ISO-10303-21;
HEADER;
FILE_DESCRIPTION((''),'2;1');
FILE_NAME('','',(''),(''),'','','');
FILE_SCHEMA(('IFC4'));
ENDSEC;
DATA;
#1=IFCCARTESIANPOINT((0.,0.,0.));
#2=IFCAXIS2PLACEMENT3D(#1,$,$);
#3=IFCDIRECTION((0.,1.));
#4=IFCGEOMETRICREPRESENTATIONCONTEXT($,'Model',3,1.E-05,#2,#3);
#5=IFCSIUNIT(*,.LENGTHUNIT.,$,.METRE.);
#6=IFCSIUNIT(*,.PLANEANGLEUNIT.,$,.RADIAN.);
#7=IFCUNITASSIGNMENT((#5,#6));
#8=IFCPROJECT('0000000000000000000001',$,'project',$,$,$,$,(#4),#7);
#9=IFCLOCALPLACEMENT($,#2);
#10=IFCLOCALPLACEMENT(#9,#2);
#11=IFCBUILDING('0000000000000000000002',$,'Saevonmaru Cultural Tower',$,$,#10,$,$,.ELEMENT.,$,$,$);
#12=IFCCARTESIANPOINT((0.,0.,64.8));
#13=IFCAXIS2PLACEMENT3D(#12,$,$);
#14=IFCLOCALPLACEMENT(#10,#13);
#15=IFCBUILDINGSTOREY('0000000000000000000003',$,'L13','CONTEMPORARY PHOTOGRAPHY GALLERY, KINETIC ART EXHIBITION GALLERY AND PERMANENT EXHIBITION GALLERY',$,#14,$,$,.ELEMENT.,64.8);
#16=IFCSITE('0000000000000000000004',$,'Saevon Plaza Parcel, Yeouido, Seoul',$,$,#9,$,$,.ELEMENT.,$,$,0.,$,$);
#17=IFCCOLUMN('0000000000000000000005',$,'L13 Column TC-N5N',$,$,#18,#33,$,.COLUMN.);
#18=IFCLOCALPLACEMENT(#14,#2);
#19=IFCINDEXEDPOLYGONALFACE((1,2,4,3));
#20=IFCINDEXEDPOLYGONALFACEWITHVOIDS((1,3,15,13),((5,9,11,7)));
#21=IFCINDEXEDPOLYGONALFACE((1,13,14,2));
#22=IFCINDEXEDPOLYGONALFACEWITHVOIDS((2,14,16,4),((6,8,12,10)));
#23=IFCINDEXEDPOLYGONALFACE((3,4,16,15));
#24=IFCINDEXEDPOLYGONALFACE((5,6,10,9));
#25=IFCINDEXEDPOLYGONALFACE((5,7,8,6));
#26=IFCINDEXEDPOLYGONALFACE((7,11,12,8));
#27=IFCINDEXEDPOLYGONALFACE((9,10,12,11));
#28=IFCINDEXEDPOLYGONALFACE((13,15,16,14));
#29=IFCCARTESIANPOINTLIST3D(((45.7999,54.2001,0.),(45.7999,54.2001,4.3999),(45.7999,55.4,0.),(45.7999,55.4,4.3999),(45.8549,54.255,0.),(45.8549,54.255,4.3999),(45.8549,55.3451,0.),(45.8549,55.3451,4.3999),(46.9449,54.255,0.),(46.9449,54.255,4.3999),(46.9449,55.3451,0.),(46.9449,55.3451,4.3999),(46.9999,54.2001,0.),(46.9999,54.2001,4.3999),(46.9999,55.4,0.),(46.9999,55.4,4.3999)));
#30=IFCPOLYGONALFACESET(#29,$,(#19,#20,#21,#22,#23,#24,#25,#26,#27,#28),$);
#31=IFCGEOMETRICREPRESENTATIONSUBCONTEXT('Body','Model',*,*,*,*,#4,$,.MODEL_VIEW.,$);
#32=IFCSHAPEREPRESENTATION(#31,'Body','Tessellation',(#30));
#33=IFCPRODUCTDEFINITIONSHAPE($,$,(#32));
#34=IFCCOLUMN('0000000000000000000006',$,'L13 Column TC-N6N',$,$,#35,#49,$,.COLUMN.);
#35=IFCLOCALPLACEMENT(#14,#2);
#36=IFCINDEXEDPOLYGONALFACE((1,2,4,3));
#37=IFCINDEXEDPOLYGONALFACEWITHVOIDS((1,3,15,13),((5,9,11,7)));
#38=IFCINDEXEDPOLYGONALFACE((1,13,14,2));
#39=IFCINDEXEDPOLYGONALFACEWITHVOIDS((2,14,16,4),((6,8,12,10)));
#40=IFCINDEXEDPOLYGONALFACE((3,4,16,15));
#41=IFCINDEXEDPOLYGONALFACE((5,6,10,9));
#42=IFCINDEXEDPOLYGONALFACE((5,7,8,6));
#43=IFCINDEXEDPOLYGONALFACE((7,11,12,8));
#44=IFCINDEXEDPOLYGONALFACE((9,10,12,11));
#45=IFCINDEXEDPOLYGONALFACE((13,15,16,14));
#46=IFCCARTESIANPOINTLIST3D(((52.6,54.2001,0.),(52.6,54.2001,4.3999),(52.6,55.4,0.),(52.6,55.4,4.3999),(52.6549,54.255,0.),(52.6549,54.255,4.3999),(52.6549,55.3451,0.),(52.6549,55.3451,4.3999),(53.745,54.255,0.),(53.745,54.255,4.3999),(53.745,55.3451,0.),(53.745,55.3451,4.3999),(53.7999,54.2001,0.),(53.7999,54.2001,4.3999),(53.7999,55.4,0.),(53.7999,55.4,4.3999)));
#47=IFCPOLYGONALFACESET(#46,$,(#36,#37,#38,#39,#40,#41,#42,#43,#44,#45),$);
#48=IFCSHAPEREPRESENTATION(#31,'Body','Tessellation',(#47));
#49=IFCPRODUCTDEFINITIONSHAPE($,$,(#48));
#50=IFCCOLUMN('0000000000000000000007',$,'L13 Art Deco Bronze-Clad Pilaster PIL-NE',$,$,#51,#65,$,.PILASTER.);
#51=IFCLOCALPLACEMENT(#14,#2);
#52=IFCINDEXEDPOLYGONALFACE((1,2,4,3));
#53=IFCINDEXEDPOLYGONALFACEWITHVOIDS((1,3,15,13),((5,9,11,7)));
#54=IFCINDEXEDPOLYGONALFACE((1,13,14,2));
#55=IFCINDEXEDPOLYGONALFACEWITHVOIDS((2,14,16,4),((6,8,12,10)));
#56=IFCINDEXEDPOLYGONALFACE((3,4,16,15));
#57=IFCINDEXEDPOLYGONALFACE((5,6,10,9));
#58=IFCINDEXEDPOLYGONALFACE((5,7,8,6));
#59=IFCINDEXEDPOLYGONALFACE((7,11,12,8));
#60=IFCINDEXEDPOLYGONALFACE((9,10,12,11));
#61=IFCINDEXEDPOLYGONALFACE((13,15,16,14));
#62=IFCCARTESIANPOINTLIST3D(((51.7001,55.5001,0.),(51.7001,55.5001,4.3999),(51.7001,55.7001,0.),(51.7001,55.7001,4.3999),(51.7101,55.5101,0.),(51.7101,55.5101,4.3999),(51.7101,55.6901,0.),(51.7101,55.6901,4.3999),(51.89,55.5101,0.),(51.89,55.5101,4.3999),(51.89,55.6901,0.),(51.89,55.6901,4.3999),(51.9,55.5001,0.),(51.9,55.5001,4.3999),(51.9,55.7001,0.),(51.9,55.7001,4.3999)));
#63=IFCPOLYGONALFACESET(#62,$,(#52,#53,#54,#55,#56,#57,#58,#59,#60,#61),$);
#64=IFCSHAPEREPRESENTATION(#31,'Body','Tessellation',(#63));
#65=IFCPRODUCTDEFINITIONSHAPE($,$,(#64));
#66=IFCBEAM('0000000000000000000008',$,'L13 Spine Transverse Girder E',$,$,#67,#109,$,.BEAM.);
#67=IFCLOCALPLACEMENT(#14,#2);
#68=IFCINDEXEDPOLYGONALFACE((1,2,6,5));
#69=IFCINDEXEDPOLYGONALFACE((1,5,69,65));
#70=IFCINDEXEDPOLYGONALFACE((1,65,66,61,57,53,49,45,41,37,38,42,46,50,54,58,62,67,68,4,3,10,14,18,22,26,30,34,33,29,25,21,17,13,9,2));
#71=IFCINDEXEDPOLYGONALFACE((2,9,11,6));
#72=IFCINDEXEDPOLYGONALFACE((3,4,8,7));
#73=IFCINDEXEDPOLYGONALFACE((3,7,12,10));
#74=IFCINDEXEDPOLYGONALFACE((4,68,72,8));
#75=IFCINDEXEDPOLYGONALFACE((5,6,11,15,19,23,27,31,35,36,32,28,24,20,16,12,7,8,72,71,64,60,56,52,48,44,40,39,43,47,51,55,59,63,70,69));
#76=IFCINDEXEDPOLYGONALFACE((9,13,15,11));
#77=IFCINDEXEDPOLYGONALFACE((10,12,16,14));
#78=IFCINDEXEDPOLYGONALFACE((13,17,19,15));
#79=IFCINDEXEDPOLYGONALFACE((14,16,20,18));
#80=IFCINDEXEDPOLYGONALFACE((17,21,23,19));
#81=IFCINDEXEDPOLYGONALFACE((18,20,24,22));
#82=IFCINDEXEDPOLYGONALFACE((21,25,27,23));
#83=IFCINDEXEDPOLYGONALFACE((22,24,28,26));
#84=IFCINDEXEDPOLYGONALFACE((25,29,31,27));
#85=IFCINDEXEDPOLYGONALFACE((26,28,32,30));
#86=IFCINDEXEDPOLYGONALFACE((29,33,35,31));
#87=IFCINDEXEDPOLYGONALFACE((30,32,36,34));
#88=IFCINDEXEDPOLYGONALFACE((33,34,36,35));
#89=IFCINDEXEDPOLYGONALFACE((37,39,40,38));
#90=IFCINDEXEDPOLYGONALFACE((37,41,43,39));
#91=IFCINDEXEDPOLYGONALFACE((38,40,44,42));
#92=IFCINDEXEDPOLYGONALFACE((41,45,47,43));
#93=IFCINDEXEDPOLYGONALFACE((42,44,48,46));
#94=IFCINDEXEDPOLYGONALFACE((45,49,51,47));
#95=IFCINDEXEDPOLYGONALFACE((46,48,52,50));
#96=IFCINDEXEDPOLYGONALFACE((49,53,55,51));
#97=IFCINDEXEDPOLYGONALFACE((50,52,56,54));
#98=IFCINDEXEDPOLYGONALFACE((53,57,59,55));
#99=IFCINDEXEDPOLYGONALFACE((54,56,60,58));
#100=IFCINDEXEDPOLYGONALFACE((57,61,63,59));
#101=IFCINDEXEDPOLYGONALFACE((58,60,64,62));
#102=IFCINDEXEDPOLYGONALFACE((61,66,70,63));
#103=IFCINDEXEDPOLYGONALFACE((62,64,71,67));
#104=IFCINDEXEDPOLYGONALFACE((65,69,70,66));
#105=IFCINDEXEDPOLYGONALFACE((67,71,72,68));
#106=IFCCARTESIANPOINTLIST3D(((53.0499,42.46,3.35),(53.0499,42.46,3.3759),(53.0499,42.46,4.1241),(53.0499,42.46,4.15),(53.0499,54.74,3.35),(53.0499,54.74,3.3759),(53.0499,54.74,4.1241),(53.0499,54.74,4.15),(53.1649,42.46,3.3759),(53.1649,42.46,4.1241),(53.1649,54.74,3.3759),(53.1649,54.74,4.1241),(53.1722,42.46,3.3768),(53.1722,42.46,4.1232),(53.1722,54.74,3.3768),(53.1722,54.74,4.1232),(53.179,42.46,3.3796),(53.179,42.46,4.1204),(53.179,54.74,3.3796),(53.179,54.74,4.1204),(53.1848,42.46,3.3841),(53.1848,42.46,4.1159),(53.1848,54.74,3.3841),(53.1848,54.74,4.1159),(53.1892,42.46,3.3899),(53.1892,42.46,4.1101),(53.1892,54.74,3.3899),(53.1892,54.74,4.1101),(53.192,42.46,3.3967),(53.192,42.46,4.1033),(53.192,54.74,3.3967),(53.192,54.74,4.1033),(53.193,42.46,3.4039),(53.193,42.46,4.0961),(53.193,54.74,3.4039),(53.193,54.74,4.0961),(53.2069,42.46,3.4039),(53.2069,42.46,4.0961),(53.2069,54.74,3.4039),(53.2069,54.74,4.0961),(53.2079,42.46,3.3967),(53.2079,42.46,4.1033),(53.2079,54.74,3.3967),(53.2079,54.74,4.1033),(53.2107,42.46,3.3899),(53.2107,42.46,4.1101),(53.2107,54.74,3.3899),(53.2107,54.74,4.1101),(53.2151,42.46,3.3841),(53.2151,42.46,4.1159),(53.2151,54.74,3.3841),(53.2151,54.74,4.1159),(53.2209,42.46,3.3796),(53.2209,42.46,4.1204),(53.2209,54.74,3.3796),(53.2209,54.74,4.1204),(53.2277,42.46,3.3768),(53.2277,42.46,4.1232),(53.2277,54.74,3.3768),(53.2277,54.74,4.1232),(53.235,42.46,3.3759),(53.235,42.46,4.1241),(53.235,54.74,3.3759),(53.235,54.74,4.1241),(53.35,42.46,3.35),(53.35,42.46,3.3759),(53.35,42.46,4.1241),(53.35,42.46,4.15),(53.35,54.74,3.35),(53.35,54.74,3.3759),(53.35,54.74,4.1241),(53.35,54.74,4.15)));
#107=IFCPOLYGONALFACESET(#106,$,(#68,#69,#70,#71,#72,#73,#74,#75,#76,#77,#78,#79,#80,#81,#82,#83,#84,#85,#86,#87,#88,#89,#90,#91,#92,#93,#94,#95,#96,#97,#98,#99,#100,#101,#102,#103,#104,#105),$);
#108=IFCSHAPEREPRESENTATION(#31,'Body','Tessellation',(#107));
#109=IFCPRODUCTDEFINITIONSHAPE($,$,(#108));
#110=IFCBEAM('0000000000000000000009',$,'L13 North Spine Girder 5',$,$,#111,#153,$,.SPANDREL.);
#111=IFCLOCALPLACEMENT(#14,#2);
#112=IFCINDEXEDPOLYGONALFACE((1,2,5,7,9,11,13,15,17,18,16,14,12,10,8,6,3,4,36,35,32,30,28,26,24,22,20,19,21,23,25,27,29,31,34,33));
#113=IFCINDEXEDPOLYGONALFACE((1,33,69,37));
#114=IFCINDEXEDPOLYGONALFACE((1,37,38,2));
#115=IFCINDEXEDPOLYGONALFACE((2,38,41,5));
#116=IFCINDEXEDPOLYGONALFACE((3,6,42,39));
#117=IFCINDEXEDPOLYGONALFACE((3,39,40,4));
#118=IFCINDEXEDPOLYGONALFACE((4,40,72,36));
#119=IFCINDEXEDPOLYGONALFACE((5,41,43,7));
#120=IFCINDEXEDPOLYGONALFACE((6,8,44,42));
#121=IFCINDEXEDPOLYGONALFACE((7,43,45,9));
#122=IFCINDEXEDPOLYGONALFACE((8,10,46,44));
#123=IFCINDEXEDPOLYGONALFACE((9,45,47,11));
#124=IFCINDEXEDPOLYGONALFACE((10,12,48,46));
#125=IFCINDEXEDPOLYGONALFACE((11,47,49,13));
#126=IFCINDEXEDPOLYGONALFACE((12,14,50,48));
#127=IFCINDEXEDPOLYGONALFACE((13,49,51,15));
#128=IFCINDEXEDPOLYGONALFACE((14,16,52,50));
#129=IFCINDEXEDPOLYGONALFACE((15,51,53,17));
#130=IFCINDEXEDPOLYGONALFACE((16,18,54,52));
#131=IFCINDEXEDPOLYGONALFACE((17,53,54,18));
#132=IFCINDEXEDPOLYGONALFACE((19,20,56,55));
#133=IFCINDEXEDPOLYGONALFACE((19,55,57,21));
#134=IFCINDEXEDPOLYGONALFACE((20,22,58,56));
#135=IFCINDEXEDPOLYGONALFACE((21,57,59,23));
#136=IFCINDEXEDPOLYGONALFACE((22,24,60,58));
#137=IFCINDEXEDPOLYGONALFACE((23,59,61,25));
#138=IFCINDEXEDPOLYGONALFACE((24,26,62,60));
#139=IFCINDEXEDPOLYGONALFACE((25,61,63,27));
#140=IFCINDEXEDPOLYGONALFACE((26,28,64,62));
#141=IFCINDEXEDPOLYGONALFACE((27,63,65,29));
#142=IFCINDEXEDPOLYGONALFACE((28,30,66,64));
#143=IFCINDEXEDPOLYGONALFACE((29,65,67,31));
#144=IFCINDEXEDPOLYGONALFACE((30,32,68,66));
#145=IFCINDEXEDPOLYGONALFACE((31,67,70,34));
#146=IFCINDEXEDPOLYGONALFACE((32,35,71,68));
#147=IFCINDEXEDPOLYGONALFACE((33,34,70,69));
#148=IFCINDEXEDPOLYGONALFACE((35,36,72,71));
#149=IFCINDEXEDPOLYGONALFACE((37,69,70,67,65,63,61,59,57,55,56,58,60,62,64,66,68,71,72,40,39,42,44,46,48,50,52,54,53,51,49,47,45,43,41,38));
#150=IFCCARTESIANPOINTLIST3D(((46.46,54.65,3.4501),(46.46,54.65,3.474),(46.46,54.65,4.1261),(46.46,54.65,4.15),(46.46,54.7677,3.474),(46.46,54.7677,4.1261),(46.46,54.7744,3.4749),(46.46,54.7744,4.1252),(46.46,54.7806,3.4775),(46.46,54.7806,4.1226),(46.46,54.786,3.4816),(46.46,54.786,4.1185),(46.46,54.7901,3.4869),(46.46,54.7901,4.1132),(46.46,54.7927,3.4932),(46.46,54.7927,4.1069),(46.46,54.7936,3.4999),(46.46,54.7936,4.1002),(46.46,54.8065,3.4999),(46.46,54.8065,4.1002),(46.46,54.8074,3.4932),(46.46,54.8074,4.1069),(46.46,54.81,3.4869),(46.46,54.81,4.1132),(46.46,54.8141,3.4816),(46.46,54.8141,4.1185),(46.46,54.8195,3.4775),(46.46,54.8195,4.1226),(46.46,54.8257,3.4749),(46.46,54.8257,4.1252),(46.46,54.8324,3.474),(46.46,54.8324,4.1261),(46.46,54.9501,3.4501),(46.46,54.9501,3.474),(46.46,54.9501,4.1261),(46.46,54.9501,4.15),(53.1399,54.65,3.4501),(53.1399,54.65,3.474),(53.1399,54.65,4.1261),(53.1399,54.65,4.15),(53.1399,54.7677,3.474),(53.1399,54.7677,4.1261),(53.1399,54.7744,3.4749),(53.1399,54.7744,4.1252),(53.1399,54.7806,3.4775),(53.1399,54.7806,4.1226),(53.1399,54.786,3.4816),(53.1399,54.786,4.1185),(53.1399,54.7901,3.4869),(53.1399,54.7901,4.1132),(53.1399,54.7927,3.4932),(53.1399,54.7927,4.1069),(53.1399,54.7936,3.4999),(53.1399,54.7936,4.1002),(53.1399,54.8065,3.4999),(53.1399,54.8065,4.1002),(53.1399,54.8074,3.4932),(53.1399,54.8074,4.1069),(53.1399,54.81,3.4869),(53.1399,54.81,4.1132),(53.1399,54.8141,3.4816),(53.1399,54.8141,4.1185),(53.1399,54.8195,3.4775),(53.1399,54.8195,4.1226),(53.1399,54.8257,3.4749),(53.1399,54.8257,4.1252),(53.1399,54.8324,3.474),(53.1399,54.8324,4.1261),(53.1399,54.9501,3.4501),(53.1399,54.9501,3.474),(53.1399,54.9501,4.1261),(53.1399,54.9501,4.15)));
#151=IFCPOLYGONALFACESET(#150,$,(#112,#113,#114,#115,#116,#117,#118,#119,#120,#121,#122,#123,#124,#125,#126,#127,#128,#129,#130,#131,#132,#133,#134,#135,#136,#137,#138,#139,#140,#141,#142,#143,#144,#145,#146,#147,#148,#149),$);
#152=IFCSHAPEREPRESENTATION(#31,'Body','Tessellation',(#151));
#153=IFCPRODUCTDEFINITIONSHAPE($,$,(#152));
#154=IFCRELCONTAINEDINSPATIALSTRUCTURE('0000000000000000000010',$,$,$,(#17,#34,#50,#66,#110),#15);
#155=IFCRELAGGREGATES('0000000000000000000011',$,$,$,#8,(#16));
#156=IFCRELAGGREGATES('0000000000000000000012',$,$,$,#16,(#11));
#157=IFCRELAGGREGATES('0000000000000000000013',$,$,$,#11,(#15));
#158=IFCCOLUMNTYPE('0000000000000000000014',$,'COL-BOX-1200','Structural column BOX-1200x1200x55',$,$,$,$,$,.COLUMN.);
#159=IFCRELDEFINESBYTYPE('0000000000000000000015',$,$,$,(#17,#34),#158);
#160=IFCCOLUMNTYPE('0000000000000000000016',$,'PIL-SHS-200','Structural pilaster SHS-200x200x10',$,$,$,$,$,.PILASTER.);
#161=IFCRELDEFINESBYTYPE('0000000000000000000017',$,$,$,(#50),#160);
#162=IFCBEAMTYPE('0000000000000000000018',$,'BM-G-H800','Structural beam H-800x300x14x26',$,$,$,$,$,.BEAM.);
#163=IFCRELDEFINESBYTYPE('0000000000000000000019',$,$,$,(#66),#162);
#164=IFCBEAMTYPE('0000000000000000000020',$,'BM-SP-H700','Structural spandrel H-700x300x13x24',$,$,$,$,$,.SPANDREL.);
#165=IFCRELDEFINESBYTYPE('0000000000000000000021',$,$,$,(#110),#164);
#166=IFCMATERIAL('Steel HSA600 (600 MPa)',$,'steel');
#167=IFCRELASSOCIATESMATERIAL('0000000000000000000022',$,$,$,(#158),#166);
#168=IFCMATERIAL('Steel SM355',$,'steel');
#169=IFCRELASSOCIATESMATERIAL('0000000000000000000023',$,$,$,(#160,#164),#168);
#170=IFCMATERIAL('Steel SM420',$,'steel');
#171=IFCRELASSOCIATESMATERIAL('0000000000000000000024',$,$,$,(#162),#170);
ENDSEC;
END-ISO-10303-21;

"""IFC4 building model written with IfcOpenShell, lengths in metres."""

from ifc_helpers import new_model, si_unit, direction, frame, origin, origin_2d, place, context, subcontext, project, spatial, hollow_rectangle, i_section, extrude, material, material_profile, profile_set, type_object, element, save


model = new_model("IFC4")

# Units and contexts
model_context = context("Model", 3, precision=1e-05, world=origin(), true_north=direction((0.0, 1.0)))
body_context = subcontext(model_context, "Body", "Model", "MODEL_VIEW")
ifc_project = project(units=[si_unit("LENGTHUNIT", "METRE"), si_unit("PLANEANGLEUNIT", "RADIAN")], contexts=[model_context])

# Site, building, storey
site_placement = place(None, origin())
site = spatial("IfcSite", under=ifc_project, at=site_placement, Name="Saevon Plaza Parcel, Yeouido, Seoul", CompositionType="ELEMENT", RefElevation=0.0)
building_placement = place(site_placement, origin())
building = spatial("IfcBuilding", under=site, at=building_placement, Name="Saevonmaru Cultural Tower", CompositionType="ELEMENT")
storey_placement = place(building_placement, frame((0.0, 0.0, 64.8)))
storey = spatial("IfcBuildingStorey", under=building, at=storey_placement, Name="L13", Description="CONTEMPORARY PHOTOGRAPHY GALLERY, KINETIC ART EXHIBITION GALLERY AND PERMANENT EXHIBITION GALLERY", CompositionType="ELEMENT", Elevation=64.8)

# Columns
ifc_material_1 = material(Name="Steel HSA600 (600 MPa)", Category="steel")
ifc_material_profile_1 = material_profile(ifc_material_1, hollow_rectangle(XDim=1.2, YDim=1.2, WallThickness=0.0549, at=origin_2d()), Name="BOX-1200x1200x55")
ifc_profile_set_1 = profile_set([ifc_material_profile_1], Name="Steel HSA600 (600 MPa)")
column_type_1 = type_object("IfcColumnType", Name="COL-BOX-1200", Description="Structural column BOX-1200x1200x55", PredefinedType="COLUMN", material=ifc_profile_set_1)
for number, where, z_axis, x_axis, name in (
    (1, (46.3999, 54.8, 0.0), (0.0, 0.0, 1.0), (1.0, 0.0, 0.0), "L13 Column TC-N5N"),
    (2, (53.2, 54.8, 0.0), (0.0, 0.0, 1.0), (1.0, 0.0, 0.0), "L13 Column TC-N6N"),
):
    element("IfcColumn", number, at=place(storey_placement, frame(where, z_axis=z_axis, x_axis=x_axis)), inside=storey, type_object=column_type_1, Name=name, PredefinedType="COLUMN", context=body_context, shape_type="SweptSolid", body=[
        extrude(hollow_rectangle(XDim=1.2, YDim=1.2, WallThickness=0.0549, at=origin_2d()), origin(), (0.0, 0.0, 1.0), 4.3999),
    ])
ifc_material_2 = material(Name="Steel SM355", Category="steel")
ifc_material_profile_2 = material_profile(ifc_material_2, hollow_rectangle(XDim=0.2, YDim=0.2, WallThickness=0.01, at=origin_2d()), Name="SHS-200x200x10")
ifc_profile_set_2 = profile_set([ifc_material_profile_2], Name="Steel SM355")
column_type_2 = type_object("IfcColumnType", Name="PIL-SHS-200", Description="Structural pilaster SHS-200x200x10", PredefinedType="PILASTER", material=ifc_profile_set_2)
column_placement = place(storey_placement, frame((51.8, 55.6001, 0.0), z_axis=(0.0, 0.0, 1.0), x_axis=(1.0, 0.0, 0.0)))
element("IfcColumn", 3, at=column_placement, inside=storey, type_object=column_type_2, Name="L13 Art Deco Bronze-Clad Pilaster PIL-NE", PredefinedType="PILASTER", context=body_context, shape_type="SweptSolid", body=[
    extrude(hollow_rectangle(XDim=0.2, YDim=0.2, WallThickness=0.01, at=origin_2d()), origin(), (0.0, 0.0, 1.0), 4.3999),
])

# Beams
ifc_material_3 = material(Name="Steel SM420", Category="steel")
ifc_material_profile_3 = material_profile(ifc_material_3, i_section(OverallWidth=0.3, OverallDepth=0.8, WebThickness=0.0139, FlangeThickness=0.0259, FilletRadius=0.0281, at=origin_2d()), Name="H-800x300x14x26")
ifc_profile_set_3 = profile_set([ifc_material_profile_3], Name="Steel SM420")
beam_type_1 = type_object("IfcBeamType", Name="BM-G-H800", Description="Structural beam H-800x300x14x26", PredefinedType="BEAM", material=ifc_profile_set_3)
beam_1_placement = place(storey_placement, frame((53.2, 54.74, 3.75), z_axis=(0.0, -1.0, 0.0), x_axis=(1.0, 0.0, 0.0)))
element("IfcBeam", 4, at=beam_1_placement, inside=storey, type_object=beam_type_1, Name="L13 Spine Transverse Girder E", PredefinedType="BEAM", context=body_context, shape_type="SweptSolid", body=[
    extrude(i_section(OverallWidth=0.3, OverallDepth=0.8, WebThickness=0.0139, FlangeThickness=0.0259, FilletRadius=0.0281, at=origin_2d()), origin(), (0.0, 0.0, 1.0), 12.28),
])
ifc_material_profile_4 = material_profile(ifc_material_2, i_section(OverallWidth=0.3, OverallDepth=0.7, WebThickness=0.0129, FlangeThickness=0.0239, FilletRadius=0.0259, at=origin_2d()), Name="H-700x300x13x24")
ifc_profile_set_4 = profile_set([ifc_material_profile_4], Name="Steel SM355")
beam_type_2 = type_object("IfcBeamType", Name="BM-SP-H700", Description="Structural spandrel H-700x300x13x24", PredefinedType="SPANDREL", material=ifc_profile_set_4)
beam_2_placement = place(storey_placement, frame((46.46, 54.8, 3.8), z_axis=(1.0, 0.0, 0.0), x_axis=(0.0, 1.0, 0.0)))
element("IfcBeam", 5, at=beam_2_placement, inside=storey, type_object=beam_type_2, Name="L13 North Spine Girder 5", PredefinedType="SPANDREL", context=body_context, shape_type="SweptSolid", body=[
    extrude(i_section(OverallWidth=0.3, OverallDepth=0.7, WebThickness=0.0129, FlangeThickness=0.0239, FilletRadius=0.0259, at=origin_2d()), origin(), (0.0, 0.0, 1.0), 6.6799),
])

save(model, "model.ifc")
